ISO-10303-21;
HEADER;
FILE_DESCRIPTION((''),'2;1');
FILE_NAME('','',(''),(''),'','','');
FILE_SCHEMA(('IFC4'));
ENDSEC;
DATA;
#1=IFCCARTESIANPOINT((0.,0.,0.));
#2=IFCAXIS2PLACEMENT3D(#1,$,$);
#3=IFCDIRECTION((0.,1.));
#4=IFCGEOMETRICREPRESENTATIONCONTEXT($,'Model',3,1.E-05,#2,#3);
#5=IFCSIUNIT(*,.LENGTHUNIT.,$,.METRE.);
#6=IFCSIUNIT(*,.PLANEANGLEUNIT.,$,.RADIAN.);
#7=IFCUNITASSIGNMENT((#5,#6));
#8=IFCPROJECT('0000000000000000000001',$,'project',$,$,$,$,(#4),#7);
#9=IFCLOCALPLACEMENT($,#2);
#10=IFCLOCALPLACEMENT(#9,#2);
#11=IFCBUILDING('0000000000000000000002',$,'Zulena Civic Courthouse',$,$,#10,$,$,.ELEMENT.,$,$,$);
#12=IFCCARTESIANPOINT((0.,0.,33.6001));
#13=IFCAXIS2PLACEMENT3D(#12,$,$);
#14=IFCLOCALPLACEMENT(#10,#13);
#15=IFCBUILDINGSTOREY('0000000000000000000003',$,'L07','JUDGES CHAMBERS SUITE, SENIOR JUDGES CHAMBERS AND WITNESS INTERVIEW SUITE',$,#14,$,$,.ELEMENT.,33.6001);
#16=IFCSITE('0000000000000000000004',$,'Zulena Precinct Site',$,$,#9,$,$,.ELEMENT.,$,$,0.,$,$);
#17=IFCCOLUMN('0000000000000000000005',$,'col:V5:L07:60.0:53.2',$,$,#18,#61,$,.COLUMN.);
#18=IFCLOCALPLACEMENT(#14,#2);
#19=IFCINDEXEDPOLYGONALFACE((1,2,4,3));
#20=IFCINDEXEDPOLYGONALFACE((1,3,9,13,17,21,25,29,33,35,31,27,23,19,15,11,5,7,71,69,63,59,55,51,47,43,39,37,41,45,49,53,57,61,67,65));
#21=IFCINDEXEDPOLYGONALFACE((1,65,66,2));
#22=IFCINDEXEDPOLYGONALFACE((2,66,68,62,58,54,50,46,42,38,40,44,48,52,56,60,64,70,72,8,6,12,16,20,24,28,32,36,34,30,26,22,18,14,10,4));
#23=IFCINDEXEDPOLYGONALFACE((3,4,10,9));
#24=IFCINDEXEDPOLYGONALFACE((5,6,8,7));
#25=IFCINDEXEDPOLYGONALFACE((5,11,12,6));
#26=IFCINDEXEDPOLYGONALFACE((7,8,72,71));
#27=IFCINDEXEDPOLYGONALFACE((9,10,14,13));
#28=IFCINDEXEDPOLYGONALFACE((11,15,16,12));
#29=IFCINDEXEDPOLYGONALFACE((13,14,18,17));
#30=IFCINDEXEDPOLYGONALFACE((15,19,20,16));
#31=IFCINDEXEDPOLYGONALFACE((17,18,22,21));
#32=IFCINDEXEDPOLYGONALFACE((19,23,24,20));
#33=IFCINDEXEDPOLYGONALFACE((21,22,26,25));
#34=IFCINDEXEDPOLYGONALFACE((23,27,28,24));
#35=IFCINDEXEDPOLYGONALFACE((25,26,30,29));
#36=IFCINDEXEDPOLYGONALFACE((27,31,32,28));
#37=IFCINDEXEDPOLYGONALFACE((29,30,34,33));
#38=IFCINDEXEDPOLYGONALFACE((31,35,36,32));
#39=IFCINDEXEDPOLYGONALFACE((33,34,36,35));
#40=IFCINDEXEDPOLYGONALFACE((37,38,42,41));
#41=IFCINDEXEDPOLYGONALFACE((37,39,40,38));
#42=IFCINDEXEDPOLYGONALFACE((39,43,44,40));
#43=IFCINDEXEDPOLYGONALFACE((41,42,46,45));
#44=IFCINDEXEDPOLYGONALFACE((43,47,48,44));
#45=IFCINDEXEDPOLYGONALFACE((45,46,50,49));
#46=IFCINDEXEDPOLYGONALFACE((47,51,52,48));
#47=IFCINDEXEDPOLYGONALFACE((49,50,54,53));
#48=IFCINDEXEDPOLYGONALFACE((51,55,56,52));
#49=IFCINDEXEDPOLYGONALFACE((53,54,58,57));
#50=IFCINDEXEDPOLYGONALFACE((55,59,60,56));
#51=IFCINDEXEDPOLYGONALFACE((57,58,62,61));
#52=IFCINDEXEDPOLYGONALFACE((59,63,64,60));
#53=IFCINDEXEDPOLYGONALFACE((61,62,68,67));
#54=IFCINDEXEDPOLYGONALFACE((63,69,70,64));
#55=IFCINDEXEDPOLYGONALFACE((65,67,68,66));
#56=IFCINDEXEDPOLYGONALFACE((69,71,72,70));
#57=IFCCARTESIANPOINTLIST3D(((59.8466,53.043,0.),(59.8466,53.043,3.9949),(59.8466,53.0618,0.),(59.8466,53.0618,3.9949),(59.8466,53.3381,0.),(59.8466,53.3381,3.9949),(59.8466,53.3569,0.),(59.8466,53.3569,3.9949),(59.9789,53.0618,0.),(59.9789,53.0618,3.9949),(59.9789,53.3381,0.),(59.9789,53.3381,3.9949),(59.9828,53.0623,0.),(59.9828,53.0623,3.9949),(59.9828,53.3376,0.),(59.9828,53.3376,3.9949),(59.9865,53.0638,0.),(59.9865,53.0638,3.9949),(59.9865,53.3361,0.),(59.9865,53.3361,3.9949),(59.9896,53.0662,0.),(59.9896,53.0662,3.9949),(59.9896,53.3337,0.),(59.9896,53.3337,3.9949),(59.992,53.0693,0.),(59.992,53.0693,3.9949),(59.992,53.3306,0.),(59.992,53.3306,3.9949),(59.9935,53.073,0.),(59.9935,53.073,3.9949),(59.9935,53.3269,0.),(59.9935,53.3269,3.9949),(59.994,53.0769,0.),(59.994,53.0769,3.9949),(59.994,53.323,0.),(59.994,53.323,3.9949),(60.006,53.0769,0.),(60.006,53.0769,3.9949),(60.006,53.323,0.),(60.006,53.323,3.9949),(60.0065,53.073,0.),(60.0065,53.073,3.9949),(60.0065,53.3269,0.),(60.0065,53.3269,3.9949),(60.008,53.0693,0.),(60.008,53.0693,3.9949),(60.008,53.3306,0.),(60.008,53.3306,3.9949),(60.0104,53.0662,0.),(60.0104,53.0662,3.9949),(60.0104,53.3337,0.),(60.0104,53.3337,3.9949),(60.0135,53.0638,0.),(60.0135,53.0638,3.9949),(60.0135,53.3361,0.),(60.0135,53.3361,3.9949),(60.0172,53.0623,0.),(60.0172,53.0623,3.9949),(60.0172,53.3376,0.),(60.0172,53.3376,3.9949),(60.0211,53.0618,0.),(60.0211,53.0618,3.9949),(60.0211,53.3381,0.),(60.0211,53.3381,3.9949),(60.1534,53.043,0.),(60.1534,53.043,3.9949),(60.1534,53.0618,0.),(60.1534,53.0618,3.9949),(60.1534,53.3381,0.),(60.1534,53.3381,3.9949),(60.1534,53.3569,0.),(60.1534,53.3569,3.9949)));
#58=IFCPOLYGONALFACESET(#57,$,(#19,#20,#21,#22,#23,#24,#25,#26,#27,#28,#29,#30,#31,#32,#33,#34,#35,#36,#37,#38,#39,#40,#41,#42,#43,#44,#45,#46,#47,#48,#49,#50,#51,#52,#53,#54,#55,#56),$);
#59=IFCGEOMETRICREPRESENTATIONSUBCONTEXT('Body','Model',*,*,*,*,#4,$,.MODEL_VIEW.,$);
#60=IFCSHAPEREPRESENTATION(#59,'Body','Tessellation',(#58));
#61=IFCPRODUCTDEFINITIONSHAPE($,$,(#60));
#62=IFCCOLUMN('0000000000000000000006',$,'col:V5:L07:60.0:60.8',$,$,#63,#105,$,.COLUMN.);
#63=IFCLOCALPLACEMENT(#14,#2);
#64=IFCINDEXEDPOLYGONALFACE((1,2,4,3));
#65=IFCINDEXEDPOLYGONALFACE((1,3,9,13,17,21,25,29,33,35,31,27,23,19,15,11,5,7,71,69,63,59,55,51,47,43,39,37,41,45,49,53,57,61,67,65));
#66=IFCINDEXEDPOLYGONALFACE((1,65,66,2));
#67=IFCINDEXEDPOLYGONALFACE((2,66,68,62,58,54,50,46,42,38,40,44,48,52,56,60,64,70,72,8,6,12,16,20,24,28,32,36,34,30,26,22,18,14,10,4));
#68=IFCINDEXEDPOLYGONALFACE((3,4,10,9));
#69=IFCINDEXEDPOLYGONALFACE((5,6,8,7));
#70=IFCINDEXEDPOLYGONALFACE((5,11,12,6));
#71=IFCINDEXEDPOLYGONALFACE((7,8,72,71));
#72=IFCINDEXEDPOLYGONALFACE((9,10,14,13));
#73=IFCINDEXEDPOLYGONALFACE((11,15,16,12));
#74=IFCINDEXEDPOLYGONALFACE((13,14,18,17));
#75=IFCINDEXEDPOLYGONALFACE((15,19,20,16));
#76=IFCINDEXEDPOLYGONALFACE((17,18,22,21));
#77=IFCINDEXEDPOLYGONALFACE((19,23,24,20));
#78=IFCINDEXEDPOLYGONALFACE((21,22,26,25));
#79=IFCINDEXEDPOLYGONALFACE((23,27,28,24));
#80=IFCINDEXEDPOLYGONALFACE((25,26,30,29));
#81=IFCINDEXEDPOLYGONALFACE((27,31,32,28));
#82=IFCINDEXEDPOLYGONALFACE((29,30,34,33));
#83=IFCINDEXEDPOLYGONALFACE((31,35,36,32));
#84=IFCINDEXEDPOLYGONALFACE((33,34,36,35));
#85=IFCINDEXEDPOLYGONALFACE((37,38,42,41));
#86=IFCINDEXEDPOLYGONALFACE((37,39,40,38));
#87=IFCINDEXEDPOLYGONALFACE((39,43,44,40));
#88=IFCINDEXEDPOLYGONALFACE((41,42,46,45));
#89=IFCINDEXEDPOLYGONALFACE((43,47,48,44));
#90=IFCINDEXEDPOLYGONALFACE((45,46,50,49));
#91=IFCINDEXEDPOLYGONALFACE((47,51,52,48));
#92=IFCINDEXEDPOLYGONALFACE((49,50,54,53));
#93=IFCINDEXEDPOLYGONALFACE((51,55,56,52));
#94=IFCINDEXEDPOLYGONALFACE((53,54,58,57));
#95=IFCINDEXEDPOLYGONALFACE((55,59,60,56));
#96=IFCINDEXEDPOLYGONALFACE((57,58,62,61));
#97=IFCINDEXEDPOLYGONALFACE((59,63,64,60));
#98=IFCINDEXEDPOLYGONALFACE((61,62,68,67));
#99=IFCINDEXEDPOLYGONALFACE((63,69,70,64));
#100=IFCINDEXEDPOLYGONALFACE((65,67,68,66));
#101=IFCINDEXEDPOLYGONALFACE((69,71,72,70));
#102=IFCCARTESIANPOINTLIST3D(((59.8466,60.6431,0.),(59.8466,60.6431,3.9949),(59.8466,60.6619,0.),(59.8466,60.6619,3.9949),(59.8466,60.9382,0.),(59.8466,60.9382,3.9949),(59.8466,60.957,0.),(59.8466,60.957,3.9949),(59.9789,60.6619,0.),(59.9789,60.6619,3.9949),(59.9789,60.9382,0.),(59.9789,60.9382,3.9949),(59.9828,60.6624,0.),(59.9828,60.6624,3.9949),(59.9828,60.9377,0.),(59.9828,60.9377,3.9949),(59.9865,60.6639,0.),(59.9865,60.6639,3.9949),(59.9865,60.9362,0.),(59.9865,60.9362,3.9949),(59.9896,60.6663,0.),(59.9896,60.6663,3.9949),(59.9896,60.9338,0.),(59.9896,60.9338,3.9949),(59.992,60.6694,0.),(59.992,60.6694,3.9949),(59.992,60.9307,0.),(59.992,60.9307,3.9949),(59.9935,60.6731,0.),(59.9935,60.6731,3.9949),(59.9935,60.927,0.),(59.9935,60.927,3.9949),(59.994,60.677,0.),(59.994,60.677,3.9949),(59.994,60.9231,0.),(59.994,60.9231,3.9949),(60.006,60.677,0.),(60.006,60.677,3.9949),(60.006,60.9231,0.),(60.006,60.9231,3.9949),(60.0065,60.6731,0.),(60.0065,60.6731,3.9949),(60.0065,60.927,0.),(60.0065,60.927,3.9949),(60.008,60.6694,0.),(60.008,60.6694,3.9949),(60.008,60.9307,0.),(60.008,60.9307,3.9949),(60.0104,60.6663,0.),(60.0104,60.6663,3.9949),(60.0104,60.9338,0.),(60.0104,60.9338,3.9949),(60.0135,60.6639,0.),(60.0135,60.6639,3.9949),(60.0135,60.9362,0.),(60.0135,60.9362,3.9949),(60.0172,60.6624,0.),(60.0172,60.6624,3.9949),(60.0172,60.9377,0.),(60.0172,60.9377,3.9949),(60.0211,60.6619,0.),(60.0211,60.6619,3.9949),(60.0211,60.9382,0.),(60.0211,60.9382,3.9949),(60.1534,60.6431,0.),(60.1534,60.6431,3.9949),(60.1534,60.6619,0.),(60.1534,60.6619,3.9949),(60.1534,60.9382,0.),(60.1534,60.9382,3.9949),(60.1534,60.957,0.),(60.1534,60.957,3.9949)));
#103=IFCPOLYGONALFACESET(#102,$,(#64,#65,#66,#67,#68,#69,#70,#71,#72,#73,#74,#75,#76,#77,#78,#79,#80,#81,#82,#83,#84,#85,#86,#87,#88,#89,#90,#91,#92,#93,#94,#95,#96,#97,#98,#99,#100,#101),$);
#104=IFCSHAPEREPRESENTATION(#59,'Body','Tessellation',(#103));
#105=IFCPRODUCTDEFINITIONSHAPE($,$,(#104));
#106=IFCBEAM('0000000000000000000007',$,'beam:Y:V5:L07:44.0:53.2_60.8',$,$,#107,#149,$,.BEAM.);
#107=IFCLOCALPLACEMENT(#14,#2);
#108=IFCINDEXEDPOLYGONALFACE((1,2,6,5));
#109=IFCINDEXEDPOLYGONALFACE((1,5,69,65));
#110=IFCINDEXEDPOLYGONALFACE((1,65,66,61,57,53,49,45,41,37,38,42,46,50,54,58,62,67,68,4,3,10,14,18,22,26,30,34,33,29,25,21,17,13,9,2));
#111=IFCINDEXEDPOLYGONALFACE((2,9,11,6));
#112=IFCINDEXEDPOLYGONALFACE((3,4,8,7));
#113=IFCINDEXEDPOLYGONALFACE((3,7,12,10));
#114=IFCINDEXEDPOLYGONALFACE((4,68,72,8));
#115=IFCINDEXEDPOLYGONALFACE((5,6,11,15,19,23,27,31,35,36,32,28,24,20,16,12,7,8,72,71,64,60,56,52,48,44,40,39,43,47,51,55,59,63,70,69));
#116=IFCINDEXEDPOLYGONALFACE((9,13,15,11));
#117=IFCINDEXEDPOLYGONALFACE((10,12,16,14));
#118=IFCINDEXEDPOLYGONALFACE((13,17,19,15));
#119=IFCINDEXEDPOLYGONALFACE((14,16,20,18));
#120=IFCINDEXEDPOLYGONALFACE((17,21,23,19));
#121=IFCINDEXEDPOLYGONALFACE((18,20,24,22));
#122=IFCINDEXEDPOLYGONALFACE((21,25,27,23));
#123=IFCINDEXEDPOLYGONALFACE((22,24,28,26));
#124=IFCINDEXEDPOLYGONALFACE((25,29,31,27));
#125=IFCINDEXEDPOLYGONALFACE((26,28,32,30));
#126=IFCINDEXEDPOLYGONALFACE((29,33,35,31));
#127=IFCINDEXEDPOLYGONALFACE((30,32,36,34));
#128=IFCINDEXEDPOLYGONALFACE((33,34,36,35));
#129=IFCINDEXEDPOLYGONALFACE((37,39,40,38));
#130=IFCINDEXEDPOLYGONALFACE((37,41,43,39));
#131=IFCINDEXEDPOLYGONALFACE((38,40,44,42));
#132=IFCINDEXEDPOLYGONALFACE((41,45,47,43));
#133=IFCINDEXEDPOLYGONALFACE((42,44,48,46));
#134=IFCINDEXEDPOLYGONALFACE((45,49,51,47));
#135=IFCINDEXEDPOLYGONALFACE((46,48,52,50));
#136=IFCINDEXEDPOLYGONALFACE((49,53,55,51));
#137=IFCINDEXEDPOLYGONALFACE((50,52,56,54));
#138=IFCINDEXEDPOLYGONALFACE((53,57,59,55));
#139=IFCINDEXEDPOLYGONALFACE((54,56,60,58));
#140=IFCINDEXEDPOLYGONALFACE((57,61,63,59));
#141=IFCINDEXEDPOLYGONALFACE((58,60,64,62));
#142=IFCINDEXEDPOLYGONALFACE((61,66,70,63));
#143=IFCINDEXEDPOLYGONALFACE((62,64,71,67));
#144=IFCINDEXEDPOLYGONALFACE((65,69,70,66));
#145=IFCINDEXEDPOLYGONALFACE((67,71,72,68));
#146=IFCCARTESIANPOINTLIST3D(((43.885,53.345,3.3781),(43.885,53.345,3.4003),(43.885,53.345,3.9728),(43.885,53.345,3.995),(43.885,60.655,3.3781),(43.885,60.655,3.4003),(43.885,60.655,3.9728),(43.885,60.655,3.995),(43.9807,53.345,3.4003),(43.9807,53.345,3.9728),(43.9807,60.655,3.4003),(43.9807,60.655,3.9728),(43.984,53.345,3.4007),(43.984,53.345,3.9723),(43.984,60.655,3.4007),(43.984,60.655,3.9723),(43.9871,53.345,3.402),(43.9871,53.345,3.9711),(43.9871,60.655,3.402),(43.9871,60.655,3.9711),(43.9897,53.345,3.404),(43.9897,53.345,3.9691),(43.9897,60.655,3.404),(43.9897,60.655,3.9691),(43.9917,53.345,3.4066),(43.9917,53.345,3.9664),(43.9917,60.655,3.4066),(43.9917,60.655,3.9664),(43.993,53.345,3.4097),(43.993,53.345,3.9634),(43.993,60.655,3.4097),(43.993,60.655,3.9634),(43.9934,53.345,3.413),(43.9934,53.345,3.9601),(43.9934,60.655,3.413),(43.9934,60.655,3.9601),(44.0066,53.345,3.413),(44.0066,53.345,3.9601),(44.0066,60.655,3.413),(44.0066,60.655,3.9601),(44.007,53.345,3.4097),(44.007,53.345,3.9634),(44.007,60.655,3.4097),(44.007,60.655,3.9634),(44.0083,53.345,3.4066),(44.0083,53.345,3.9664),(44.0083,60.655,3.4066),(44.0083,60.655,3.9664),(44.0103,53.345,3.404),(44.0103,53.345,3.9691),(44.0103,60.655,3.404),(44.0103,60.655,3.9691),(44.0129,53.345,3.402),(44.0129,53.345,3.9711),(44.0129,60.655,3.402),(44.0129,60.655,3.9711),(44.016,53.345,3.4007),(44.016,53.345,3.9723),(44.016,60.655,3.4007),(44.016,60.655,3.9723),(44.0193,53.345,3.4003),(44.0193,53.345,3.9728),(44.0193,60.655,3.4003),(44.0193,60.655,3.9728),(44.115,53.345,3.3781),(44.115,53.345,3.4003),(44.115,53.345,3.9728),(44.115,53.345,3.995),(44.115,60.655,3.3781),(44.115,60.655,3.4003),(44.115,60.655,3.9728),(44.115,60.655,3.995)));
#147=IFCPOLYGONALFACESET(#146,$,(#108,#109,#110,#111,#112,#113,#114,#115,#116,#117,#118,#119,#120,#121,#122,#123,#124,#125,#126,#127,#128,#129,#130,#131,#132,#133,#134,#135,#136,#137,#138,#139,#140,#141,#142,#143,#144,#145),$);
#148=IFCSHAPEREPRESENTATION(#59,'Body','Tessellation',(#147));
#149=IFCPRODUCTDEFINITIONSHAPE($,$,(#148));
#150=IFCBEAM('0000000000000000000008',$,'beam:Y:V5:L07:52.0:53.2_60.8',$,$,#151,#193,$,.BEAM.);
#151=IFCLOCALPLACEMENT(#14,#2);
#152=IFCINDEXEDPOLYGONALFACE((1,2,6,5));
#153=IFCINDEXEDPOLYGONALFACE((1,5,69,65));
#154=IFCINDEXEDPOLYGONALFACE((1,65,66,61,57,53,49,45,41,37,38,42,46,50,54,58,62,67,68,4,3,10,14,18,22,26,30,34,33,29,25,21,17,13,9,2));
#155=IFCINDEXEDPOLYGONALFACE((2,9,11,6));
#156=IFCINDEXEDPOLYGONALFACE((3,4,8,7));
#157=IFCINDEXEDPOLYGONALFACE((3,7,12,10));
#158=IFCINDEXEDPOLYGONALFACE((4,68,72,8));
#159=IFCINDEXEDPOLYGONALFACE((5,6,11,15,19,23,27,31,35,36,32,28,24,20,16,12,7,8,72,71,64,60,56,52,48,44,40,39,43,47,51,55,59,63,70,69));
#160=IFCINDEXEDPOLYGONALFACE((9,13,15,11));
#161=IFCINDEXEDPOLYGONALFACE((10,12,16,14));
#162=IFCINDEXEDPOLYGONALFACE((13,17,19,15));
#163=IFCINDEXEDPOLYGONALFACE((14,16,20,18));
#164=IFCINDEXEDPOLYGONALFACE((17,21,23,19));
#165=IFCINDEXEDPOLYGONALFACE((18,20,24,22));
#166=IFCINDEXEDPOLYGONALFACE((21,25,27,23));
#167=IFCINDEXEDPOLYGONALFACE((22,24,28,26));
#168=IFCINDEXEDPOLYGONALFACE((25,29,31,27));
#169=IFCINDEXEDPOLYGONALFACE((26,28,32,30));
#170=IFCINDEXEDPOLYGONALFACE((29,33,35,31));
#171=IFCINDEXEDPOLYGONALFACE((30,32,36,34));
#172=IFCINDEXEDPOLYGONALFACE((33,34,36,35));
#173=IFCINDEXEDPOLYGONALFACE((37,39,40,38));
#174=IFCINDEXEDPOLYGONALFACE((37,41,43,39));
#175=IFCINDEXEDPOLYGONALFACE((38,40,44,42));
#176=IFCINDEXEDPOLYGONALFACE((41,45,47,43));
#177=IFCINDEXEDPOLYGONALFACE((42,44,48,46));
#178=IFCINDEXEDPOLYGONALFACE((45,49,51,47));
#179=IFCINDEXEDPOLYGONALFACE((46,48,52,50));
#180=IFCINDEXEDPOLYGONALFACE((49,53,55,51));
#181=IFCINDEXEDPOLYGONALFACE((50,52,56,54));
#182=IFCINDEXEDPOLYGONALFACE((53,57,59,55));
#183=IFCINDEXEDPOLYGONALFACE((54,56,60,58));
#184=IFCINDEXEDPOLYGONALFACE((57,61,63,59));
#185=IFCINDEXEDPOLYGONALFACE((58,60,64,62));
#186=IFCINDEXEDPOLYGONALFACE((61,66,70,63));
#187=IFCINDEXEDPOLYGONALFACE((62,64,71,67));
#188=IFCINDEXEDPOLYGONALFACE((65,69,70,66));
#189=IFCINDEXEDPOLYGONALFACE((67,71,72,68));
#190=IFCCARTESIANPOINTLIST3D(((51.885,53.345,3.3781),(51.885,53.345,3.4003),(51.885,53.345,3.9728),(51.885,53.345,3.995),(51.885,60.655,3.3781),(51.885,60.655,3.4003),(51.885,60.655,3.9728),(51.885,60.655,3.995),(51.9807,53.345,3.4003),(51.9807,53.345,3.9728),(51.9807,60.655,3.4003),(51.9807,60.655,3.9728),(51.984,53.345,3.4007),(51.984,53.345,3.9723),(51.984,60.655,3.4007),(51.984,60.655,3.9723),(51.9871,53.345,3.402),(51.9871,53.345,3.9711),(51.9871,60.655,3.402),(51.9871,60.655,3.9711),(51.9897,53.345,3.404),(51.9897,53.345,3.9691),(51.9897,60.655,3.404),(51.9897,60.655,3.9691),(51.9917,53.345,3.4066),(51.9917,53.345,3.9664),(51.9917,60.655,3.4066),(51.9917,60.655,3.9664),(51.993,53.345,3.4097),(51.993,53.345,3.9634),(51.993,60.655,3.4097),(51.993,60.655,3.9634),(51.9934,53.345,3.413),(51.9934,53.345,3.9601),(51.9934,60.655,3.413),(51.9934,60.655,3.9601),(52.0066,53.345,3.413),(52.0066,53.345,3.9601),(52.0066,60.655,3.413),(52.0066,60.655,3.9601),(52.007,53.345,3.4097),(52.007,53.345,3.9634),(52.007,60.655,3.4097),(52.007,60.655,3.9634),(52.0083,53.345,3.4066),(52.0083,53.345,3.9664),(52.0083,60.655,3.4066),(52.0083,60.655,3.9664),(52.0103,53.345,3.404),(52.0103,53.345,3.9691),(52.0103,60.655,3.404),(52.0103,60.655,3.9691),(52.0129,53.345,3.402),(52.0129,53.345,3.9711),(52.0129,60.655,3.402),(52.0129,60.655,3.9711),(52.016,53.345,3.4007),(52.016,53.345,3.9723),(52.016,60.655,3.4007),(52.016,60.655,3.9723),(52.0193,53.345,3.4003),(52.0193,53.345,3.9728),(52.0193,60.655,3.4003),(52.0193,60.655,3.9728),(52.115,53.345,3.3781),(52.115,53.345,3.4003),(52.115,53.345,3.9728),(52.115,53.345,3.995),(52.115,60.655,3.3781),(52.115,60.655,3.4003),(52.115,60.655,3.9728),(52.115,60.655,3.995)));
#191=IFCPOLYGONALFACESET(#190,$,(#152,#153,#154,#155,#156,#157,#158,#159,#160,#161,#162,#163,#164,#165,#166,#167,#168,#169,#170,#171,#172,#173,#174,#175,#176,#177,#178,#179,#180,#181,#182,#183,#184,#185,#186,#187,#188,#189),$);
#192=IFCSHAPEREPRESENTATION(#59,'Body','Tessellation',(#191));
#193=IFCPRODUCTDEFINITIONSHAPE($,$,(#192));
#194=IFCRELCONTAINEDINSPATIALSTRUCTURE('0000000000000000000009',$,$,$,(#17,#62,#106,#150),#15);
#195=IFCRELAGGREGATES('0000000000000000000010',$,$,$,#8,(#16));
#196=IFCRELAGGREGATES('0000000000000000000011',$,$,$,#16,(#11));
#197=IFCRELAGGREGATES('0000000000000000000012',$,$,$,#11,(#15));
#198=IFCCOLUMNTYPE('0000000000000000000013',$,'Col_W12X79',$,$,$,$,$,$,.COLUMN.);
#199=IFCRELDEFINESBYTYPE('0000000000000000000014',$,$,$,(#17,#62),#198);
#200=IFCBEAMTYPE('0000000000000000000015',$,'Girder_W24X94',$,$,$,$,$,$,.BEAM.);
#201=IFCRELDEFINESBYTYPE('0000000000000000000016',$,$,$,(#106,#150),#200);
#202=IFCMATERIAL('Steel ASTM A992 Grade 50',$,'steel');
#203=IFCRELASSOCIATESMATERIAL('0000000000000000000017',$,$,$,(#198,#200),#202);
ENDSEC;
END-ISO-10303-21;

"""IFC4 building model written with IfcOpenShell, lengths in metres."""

from ifc_helpers import new_model, si_unit, direction, frame, origin, origin_2d, place, context, subcontext, project, spatial, i_section, extrude, material, material_profile, profile_set, type_object, element, save


model = new_model("IFC4")

# Units and contexts
model_context = context("Model", 3, precision=1e-05, world=origin(), true_north=direction((0.0, 1.0)))
body_context = subcontext(model_context, "Body", "Model", "MODEL_VIEW")
ifc_project = project(units=[si_unit("LENGTHUNIT", "METRE"), si_unit("PLANEANGLEUNIT", "RADIAN")], contexts=[model_context])

# Site, building, storey
site_placement = place(None, origin())
site = spatial("IfcSite", under=ifc_project, at=site_placement, Name="Zulena Precinct Site", CompositionType="ELEMENT", RefElevation=0.0)
building_placement = place(site_placement, origin())
building = spatial("IfcBuilding", under=site, at=building_placement, Name="Zulena Civic Courthouse", CompositionType="ELEMENT")
storey_placement = place(building_placement, frame((0.0, 0.0, 33.6001)))
storey = spatial("IfcBuildingStorey", under=building, at=storey_placement, Name="L07", Description="JUDGES CHAMBERS SUITE, SENIOR JUDGES CHAMBERS AND WITNESS INTERVIEW SUITE", CompositionType="ELEMENT", Elevation=33.6001)

# Columns
ifc_material_1 = material(Name="Steel ASTM A992 Grade 50", Category="steel")
ifc_material_profile_1 = material_profile(ifc_material_1, i_section(OverallWidth=0.3069, OverallDepth=0.314, WebThickness=0.012, FlangeThickness=0.0188, FilletRadius=0.0151, at=origin_2d()), Name="W12X79")
ifc_profile_set_1 = profile_set([ifc_material_profile_1], Name="Steel ASTM A992 Grade 50")
column_type = type_object("IfcColumnType", Name="Col_W12X79", PredefinedType="COLUMN", material=ifc_profile_set_1)
for number, where, z_axis, x_axis, name in (
    (1, (60.0, 53.2, 0.0), (0.0, 0.0, 1.0), (1.0, 0.0, 0.0), "col:V5:L07:60.0:53.2"),
    (2, (60.0, 60.8, 0.0), (0.0, 0.0, 1.0), (1.0, 0.0, 0.0), "col:V5:L07:60.0:60.8"),
):
    element("IfcColumn", number, at=place(storey_placement, frame(where, z_axis=z_axis, x_axis=x_axis)), inside=storey, type_object=column_type, Name=name, PredefinedType="COLUMN", context=body_context, shape_type="SweptSolid", body=[
        extrude(i_section(OverallWidth=0.3069, OverallDepth=0.314, WebThickness=0.012, FlangeThickness=0.0188, FilletRadius=0.0151, at=origin_2d()), origin(), (0.0, 0.0, 1.0), 3.9949),
    ])

# Beams
ifc_material_profile_2 = material_profile(ifc_material_1, i_section(OverallWidth=0.23, OverallDepth=0.6169, WebThickness=0.0132, FlangeThickness=0.0222, FilletRadius=0.0127, at=origin_2d()), Name="W24X94")
ifc_profile_set_2 = profile_set([ifc_material_profile_2], Name="Steel ASTM A992 Grade 50")
beam_type_1 = type_object("IfcBeamType", Name="Girder_W24X94", PredefinedType="BEAM", material=ifc_profile_set_2)
for number, where, z_axis, x_axis, name in (
    (3, (44.0, 53.345, 3.6865), (0.0, 1.0, 0.0), (-1.0, 0.0, 0.0), "beam:Y:V5:L07:44.0:53.2_60.8"),
    (4, (52.0, 53.345, 3.6865), (0.0, 1.0, 0.0), (-1.0, 0.0, 0.0), "beam:Y:V5:L07:52.0:53.2_60.8"),
):
    element("IfcBeam", number, at=place(storey_placement, frame(where, z_axis=z_axis, x_axis=x_axis)), inside=storey, type_object=beam_type_1, Name=name, PredefinedType="BEAM", context=body_context, shape_type="SweptSolid", body=[
        extrude(i_section(OverallWidth=0.23, OverallDepth=0.6169, WebThickness=0.0132, FlangeThickness=0.0222, FilletRadius=0.0127, at=origin_2d()), origin(), (0.0, 0.0, 1.0), 7.3101),
    ])

save(model, "model.ifc")
